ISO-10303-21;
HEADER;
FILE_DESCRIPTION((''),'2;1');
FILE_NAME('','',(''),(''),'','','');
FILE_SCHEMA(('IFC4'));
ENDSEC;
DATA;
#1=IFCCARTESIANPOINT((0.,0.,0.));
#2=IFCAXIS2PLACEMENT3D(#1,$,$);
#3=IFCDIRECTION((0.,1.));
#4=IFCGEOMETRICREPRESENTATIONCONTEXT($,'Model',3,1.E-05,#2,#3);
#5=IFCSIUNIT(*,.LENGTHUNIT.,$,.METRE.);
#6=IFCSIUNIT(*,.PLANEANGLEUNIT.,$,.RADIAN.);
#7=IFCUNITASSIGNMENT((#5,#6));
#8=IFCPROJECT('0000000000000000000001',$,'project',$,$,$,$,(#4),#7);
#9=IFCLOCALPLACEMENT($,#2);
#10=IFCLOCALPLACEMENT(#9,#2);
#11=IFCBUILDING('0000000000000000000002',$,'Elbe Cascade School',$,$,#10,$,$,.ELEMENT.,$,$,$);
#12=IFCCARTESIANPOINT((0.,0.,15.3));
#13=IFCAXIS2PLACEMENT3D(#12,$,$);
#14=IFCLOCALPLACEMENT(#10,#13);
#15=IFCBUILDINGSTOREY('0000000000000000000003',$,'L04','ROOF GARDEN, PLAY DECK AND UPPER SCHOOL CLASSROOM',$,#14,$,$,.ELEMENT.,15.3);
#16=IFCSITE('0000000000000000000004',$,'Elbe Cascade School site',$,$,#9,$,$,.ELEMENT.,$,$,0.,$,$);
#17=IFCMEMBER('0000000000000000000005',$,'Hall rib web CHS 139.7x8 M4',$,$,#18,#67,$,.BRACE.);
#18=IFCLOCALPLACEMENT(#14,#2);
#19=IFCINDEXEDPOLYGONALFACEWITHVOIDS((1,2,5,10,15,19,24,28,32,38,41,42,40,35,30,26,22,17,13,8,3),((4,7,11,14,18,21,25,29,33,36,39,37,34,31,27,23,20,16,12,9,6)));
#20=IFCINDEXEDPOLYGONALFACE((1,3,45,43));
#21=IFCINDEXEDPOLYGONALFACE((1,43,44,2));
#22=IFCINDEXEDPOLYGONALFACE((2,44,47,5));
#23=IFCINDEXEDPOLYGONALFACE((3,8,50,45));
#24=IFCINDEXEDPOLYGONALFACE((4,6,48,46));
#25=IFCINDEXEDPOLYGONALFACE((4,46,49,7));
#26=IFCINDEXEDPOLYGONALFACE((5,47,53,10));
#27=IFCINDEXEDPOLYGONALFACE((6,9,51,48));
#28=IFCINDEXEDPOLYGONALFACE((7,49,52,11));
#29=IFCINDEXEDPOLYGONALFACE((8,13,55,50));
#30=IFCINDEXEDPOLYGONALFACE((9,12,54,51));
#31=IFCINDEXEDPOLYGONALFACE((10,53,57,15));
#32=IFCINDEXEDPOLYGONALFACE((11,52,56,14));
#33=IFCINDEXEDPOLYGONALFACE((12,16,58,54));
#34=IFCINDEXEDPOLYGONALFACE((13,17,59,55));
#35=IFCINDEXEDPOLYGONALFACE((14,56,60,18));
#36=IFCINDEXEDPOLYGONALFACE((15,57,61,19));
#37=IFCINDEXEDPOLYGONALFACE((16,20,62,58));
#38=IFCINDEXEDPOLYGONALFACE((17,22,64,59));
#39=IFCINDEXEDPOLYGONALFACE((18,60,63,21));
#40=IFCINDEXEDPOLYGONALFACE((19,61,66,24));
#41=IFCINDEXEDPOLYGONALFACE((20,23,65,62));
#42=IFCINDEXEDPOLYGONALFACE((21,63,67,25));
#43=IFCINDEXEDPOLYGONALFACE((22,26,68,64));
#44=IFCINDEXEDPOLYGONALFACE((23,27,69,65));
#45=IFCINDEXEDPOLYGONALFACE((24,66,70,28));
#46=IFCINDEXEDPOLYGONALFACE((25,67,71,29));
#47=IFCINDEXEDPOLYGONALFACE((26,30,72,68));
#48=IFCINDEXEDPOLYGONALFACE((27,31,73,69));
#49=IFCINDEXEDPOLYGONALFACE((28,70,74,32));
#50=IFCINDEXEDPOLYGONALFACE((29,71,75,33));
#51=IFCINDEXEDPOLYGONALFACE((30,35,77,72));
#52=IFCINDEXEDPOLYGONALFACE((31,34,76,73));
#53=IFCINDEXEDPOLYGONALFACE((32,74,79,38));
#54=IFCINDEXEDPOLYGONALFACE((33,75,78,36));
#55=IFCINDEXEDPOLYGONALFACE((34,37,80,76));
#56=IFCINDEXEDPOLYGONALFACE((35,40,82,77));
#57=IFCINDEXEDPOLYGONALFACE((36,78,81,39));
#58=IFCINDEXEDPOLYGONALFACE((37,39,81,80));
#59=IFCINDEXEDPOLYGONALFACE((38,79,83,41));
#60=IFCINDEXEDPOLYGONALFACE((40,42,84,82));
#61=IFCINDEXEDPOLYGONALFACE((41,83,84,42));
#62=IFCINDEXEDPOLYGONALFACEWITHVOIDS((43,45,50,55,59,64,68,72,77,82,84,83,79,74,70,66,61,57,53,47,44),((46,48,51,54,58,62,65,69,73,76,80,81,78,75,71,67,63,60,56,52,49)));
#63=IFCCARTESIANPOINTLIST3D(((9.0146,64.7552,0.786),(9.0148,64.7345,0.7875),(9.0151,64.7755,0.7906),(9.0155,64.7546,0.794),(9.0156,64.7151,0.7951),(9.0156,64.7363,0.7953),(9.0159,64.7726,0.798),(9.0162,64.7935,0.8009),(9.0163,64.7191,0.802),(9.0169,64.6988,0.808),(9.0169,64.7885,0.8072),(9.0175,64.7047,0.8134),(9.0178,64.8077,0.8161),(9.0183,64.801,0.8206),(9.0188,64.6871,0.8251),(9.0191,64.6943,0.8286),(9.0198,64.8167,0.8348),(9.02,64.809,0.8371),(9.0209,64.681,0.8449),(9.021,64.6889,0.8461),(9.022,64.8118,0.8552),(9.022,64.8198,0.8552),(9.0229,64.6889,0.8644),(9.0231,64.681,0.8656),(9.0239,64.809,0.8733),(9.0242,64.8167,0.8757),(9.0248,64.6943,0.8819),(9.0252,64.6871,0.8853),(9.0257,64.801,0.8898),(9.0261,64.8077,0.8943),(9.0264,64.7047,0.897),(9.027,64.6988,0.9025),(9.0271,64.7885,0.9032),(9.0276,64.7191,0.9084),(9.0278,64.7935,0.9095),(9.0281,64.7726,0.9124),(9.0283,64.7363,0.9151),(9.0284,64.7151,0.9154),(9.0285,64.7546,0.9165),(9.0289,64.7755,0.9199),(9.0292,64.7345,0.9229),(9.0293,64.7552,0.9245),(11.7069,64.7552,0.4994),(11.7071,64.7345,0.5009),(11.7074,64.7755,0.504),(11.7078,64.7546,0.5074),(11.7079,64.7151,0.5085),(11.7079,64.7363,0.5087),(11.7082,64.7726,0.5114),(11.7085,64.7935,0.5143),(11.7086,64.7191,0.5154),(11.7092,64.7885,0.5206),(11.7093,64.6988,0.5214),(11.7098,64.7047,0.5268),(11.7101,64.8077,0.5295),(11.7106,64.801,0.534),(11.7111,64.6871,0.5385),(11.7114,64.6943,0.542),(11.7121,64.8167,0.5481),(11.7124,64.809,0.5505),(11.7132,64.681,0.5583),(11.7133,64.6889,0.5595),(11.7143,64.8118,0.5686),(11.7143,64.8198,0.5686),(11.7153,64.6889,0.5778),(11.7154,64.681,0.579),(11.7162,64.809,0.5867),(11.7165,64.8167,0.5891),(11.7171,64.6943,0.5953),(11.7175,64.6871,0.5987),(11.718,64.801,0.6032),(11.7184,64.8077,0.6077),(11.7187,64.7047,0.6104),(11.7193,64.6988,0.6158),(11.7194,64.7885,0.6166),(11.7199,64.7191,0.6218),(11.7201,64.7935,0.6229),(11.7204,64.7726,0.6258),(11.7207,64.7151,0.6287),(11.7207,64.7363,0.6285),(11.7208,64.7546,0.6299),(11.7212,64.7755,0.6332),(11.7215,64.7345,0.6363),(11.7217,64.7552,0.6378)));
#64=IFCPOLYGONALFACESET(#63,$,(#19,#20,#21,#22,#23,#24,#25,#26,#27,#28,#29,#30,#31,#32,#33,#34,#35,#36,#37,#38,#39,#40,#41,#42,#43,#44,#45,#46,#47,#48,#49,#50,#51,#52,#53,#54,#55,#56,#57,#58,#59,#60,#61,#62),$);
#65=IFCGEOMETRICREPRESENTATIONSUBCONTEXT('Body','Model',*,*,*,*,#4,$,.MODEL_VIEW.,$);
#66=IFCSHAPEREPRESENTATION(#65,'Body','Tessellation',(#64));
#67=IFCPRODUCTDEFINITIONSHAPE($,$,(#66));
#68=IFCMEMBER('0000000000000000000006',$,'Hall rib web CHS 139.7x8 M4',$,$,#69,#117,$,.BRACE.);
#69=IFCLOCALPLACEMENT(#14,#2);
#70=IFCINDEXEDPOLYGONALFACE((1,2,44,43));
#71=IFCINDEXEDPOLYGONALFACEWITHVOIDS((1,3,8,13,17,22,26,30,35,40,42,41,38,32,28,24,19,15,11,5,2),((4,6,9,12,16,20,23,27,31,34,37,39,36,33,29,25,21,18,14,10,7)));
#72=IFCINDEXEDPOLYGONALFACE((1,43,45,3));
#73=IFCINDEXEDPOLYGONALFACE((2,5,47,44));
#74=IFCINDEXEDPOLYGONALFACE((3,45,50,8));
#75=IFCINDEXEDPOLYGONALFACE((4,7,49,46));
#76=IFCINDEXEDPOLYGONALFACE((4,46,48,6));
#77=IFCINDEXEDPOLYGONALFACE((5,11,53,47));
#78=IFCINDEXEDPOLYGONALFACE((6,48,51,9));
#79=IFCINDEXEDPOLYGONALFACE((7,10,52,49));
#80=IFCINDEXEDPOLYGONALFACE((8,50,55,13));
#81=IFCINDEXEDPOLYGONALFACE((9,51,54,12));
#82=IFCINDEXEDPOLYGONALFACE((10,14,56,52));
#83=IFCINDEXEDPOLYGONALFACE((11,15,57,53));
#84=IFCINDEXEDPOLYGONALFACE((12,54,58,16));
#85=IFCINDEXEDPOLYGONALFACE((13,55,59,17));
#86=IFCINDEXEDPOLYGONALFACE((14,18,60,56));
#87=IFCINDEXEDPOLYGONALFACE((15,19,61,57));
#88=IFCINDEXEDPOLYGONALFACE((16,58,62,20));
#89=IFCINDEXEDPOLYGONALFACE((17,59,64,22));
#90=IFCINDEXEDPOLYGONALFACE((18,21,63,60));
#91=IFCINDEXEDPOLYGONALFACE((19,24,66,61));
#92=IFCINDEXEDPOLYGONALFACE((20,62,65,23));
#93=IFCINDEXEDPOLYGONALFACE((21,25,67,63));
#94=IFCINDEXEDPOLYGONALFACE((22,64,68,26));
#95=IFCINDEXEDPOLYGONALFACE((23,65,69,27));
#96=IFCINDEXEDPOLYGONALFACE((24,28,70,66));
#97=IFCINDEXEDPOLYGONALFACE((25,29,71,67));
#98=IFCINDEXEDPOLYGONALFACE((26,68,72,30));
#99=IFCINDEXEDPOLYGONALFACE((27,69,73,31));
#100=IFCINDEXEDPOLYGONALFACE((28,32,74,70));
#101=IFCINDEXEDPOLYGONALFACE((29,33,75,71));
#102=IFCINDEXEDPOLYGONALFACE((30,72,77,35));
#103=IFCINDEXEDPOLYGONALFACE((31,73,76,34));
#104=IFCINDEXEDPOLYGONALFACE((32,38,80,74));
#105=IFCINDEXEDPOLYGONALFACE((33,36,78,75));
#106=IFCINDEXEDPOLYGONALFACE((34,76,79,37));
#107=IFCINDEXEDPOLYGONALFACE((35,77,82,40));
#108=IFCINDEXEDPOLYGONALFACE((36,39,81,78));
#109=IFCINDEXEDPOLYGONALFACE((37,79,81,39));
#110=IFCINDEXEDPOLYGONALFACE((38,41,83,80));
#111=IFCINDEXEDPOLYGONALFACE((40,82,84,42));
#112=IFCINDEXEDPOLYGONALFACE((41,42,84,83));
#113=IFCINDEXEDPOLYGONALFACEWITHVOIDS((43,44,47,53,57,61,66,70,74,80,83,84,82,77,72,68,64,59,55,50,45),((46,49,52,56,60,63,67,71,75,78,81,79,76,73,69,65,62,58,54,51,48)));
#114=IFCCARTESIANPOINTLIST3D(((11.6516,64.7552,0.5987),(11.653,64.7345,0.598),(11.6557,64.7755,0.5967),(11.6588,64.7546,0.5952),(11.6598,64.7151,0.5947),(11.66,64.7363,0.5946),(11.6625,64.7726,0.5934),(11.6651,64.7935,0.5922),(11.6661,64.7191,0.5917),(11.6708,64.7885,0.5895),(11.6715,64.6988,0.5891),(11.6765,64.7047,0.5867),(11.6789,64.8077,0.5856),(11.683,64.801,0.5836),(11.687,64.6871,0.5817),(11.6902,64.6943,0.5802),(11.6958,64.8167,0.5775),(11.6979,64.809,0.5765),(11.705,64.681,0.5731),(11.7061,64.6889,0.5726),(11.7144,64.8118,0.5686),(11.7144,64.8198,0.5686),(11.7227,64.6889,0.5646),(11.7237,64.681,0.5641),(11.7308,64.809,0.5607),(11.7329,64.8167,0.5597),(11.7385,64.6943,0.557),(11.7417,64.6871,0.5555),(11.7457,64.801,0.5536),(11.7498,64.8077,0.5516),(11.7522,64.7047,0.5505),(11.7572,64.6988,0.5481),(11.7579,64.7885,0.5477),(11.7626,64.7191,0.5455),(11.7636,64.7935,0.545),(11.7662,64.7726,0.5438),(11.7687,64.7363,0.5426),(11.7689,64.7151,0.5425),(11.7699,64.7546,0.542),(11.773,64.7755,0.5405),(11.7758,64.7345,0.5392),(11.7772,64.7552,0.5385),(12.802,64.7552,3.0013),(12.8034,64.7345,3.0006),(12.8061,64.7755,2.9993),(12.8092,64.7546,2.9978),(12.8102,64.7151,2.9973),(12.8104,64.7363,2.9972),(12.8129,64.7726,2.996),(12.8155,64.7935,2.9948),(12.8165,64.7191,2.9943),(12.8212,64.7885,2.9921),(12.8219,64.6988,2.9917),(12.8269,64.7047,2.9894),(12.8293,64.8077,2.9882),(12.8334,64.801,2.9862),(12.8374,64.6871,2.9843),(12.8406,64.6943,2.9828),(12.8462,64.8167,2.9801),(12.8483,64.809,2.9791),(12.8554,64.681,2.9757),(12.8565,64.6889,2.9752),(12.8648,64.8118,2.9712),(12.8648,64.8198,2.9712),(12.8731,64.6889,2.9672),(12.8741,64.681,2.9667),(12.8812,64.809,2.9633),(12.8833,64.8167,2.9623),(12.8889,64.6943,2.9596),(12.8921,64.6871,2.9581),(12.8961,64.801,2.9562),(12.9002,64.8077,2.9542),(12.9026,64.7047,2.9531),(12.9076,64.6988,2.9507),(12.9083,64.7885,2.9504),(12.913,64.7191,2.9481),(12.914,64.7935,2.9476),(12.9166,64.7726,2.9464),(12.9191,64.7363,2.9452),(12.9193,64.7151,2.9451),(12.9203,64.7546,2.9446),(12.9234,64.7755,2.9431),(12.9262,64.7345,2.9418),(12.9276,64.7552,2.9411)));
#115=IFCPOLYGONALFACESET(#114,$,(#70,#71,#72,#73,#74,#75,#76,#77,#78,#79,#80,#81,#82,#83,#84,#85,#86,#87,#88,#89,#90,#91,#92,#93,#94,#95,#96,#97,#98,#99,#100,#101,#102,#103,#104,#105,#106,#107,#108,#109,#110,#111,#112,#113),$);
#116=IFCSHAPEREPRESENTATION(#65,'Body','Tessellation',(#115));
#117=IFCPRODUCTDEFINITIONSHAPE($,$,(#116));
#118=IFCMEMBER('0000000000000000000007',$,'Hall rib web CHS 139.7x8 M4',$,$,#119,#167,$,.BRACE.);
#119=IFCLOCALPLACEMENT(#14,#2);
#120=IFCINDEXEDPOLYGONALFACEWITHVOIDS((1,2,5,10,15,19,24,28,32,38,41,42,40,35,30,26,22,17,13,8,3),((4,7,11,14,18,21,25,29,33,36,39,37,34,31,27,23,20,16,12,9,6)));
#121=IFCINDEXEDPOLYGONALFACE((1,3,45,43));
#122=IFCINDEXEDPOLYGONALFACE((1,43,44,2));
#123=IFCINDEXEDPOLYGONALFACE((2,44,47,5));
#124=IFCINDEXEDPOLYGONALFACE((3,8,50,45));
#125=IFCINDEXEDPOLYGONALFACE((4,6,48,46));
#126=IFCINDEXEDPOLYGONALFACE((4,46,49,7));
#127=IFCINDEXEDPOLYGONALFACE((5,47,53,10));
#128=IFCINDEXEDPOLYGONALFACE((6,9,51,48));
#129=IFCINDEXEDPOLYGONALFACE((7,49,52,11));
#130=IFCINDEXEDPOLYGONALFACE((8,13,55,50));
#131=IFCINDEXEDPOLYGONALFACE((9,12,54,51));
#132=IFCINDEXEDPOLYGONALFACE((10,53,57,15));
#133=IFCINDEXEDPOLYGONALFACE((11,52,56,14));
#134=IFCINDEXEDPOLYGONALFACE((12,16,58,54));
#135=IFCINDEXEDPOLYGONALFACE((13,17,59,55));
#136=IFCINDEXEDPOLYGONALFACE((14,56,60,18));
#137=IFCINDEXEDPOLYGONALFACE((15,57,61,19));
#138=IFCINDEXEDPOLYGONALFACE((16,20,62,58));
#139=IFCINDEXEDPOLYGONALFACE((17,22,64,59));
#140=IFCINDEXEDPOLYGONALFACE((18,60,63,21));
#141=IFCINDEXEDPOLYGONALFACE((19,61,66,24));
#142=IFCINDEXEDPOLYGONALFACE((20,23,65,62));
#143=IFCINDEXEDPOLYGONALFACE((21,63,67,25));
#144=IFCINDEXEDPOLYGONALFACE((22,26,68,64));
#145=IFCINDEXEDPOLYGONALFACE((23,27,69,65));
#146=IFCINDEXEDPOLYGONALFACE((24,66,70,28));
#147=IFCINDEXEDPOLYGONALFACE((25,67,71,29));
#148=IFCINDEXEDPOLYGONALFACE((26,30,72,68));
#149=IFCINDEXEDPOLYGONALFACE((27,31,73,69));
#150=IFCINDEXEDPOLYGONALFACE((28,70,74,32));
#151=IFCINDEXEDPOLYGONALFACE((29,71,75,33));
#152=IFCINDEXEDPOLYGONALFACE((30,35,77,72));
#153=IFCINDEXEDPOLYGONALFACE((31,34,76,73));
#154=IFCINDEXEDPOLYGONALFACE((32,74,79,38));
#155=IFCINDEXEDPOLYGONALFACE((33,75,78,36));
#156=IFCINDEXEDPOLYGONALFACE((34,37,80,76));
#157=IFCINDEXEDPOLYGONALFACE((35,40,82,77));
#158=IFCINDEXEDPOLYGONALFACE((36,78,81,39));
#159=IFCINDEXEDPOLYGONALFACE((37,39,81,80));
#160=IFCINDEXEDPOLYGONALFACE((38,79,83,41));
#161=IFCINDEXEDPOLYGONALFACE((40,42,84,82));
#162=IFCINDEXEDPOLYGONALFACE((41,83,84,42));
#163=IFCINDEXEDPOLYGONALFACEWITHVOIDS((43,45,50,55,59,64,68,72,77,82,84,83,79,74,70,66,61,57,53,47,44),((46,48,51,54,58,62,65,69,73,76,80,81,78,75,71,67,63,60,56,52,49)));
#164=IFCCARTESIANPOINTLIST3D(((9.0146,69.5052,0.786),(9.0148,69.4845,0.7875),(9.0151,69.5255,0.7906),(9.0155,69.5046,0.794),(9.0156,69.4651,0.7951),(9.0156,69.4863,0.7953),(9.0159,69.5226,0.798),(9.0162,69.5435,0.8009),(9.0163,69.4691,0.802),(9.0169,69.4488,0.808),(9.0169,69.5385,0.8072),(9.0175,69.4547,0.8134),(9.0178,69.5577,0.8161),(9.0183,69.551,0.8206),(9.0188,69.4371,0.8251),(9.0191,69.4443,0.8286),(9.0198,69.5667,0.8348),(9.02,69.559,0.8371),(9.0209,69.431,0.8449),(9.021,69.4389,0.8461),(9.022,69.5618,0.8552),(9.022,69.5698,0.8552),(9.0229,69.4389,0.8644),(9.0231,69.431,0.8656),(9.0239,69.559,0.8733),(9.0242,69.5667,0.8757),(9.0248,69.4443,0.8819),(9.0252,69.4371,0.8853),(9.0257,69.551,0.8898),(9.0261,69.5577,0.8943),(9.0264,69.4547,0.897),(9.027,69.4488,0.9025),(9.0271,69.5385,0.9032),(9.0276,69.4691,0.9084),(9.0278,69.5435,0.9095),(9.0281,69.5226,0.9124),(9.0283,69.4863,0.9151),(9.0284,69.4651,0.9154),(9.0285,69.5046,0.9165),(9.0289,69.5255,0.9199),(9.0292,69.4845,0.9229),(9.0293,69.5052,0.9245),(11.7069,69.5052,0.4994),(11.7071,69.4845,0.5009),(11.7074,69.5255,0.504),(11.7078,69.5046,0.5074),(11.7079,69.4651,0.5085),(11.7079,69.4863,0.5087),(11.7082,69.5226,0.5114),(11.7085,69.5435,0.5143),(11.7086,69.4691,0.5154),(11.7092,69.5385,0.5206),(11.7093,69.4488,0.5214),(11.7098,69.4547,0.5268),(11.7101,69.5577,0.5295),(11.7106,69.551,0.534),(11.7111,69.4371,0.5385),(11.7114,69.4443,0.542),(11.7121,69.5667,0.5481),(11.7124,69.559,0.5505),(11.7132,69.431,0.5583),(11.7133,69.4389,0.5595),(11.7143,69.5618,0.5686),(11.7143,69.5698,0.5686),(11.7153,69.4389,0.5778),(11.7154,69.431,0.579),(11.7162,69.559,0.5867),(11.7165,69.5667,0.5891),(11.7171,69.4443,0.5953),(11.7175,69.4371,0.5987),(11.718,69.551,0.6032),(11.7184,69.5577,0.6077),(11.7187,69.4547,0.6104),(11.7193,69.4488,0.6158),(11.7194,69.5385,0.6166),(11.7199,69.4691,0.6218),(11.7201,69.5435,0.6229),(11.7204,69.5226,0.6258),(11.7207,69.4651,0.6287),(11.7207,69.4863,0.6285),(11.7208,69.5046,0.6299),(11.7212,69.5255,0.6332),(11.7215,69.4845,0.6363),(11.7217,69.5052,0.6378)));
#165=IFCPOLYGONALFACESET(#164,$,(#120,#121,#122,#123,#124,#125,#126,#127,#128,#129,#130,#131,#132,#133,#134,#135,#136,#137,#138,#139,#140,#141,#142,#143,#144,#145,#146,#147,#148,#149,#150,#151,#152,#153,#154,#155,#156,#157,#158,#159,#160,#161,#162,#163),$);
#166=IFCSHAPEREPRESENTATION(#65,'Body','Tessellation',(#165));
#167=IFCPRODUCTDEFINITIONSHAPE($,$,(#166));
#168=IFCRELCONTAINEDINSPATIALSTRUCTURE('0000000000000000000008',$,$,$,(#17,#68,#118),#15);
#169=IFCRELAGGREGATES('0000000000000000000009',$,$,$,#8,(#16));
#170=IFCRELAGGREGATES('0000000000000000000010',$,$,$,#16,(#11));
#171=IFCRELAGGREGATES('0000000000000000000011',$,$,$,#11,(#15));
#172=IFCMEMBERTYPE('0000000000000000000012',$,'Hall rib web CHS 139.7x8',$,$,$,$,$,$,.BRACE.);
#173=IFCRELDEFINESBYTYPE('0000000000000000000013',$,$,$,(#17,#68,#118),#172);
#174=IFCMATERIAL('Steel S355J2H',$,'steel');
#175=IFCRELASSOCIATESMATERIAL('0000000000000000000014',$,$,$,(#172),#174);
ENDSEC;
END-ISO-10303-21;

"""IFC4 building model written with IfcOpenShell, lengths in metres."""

from ifc_helpers import new_model, si_unit, direction, frame, origin, origin_2d, place, context, subcontext, project, spatial, hollow_circle, extrude, material, material_profile, profile_set, type_object, element, save


model = new_model("IFC4")

# Units and contexts
model_context = context("Model", 3, precision=1e-05, world=origin(), true_north=direction((0.0, 1.0)))
body_context = subcontext(model_context, "Body", "Model", "MODEL_VIEW")
ifc_project = project(units=[si_unit("LENGTHUNIT", "METRE"), si_unit("PLANEANGLEUNIT", "RADIAN")], contexts=[model_context])

# Site, building, storey
site_placement = place(None, origin())
site = spatial("IfcSite", under=ifc_project, at=site_placement, Name="Elbe Cascade School site", CompositionType="ELEMENT", RefElevation=0.0)
building_placement = place(site_placement, origin())
building = spatial("IfcBuilding", under=site, at=building_placement, Name="Elbe Cascade School", CompositionType="ELEMENT")
storey_placement = place(building_placement, frame((0.0, 0.0, 15.3)))
storey = spatial("IfcBuildingStorey", under=building, at=storey_placement, Name="L04", Description="ROOF GARDEN, PLAY DECK AND UPPER SCHOOL CLASSROOM", CompositionType="ELEMENT", Elevation=15.3)

# Members
ifc_material_1 = material(Name="Steel S355J2H", Category="steel")
ifc_material_profile_1 = material_profile(ifc_material_1, hollow_circle(Radius=0.0698, WallThickness=0.0081, at=origin_2d()), Name="CHS 139.7x8")
ifc_profile_set_1 = profile_set([ifc_material_profile_1], Name="Steel S355J2H")
member_type_1 = type_object("IfcMemberType", Name="Hall rib web CHS 139.7x8", PredefinedType="BRACE", material=ifc_profile_set_1)
member_1_placement = place(storey_placement, frame((9.022, 64.75, 0.8552), z_axis=(0.994381, 0.0, -0.105858), x_axis=(0.0, 1.0, 0.0)))
element("IfcMember", 1, at=member_1_placement, inside=storey, type_object=member_type_1, Name="Hall rib web CHS 139.7x8 M4", PredefinedType="BRACE", context=body_context, shape_type="SweptSolid", body=[
    extrude(hollow_circle(Radius=0.0698, WallThickness=0.0081, at=origin_2d()), origin(), (0.0, 0.0, 1.0), 2.7075),
])
member_2_placement = place(storey_placement, frame((11.7144, 64.75, 0.5686), z_axis=(0.431861, 0.0, 0.90194), x_axis=(0.0, 1.0, 0.0)))
element("IfcMember", 2, at=member_2_placement, inside=storey, type_object=member_type_1, Name="Hall rib web CHS 139.7x8 M4", PredefinedType="BRACE", context=body_context, shape_type="SweptSolid", body=[
    extrude(hollow_circle(Radius=0.0698, WallThickness=0.0081, at=origin_2d()), origin(), (0.0, 0.0, 1.0), 2.6638),
])
member_3_placement = place(storey_placement, frame((9.022, 69.5, 0.8552), z_axis=(0.994381, 0.0, -0.105858), x_axis=(0.0, 1.0, 0.0)))
element("IfcMember", 3, at=member_3_placement, inside=storey, type_object=member_type_1, Name="Hall rib web CHS 139.7x8 M4", PredefinedType="BRACE", context=body_context, shape_type="SweptSolid", body=[
    extrude(hollow_circle(Radius=0.0698, WallThickness=0.0081, at=origin_2d()), origin(), (0.0, 0.0, 1.0), 2.7075),
])

save(model, "model.ifc")
